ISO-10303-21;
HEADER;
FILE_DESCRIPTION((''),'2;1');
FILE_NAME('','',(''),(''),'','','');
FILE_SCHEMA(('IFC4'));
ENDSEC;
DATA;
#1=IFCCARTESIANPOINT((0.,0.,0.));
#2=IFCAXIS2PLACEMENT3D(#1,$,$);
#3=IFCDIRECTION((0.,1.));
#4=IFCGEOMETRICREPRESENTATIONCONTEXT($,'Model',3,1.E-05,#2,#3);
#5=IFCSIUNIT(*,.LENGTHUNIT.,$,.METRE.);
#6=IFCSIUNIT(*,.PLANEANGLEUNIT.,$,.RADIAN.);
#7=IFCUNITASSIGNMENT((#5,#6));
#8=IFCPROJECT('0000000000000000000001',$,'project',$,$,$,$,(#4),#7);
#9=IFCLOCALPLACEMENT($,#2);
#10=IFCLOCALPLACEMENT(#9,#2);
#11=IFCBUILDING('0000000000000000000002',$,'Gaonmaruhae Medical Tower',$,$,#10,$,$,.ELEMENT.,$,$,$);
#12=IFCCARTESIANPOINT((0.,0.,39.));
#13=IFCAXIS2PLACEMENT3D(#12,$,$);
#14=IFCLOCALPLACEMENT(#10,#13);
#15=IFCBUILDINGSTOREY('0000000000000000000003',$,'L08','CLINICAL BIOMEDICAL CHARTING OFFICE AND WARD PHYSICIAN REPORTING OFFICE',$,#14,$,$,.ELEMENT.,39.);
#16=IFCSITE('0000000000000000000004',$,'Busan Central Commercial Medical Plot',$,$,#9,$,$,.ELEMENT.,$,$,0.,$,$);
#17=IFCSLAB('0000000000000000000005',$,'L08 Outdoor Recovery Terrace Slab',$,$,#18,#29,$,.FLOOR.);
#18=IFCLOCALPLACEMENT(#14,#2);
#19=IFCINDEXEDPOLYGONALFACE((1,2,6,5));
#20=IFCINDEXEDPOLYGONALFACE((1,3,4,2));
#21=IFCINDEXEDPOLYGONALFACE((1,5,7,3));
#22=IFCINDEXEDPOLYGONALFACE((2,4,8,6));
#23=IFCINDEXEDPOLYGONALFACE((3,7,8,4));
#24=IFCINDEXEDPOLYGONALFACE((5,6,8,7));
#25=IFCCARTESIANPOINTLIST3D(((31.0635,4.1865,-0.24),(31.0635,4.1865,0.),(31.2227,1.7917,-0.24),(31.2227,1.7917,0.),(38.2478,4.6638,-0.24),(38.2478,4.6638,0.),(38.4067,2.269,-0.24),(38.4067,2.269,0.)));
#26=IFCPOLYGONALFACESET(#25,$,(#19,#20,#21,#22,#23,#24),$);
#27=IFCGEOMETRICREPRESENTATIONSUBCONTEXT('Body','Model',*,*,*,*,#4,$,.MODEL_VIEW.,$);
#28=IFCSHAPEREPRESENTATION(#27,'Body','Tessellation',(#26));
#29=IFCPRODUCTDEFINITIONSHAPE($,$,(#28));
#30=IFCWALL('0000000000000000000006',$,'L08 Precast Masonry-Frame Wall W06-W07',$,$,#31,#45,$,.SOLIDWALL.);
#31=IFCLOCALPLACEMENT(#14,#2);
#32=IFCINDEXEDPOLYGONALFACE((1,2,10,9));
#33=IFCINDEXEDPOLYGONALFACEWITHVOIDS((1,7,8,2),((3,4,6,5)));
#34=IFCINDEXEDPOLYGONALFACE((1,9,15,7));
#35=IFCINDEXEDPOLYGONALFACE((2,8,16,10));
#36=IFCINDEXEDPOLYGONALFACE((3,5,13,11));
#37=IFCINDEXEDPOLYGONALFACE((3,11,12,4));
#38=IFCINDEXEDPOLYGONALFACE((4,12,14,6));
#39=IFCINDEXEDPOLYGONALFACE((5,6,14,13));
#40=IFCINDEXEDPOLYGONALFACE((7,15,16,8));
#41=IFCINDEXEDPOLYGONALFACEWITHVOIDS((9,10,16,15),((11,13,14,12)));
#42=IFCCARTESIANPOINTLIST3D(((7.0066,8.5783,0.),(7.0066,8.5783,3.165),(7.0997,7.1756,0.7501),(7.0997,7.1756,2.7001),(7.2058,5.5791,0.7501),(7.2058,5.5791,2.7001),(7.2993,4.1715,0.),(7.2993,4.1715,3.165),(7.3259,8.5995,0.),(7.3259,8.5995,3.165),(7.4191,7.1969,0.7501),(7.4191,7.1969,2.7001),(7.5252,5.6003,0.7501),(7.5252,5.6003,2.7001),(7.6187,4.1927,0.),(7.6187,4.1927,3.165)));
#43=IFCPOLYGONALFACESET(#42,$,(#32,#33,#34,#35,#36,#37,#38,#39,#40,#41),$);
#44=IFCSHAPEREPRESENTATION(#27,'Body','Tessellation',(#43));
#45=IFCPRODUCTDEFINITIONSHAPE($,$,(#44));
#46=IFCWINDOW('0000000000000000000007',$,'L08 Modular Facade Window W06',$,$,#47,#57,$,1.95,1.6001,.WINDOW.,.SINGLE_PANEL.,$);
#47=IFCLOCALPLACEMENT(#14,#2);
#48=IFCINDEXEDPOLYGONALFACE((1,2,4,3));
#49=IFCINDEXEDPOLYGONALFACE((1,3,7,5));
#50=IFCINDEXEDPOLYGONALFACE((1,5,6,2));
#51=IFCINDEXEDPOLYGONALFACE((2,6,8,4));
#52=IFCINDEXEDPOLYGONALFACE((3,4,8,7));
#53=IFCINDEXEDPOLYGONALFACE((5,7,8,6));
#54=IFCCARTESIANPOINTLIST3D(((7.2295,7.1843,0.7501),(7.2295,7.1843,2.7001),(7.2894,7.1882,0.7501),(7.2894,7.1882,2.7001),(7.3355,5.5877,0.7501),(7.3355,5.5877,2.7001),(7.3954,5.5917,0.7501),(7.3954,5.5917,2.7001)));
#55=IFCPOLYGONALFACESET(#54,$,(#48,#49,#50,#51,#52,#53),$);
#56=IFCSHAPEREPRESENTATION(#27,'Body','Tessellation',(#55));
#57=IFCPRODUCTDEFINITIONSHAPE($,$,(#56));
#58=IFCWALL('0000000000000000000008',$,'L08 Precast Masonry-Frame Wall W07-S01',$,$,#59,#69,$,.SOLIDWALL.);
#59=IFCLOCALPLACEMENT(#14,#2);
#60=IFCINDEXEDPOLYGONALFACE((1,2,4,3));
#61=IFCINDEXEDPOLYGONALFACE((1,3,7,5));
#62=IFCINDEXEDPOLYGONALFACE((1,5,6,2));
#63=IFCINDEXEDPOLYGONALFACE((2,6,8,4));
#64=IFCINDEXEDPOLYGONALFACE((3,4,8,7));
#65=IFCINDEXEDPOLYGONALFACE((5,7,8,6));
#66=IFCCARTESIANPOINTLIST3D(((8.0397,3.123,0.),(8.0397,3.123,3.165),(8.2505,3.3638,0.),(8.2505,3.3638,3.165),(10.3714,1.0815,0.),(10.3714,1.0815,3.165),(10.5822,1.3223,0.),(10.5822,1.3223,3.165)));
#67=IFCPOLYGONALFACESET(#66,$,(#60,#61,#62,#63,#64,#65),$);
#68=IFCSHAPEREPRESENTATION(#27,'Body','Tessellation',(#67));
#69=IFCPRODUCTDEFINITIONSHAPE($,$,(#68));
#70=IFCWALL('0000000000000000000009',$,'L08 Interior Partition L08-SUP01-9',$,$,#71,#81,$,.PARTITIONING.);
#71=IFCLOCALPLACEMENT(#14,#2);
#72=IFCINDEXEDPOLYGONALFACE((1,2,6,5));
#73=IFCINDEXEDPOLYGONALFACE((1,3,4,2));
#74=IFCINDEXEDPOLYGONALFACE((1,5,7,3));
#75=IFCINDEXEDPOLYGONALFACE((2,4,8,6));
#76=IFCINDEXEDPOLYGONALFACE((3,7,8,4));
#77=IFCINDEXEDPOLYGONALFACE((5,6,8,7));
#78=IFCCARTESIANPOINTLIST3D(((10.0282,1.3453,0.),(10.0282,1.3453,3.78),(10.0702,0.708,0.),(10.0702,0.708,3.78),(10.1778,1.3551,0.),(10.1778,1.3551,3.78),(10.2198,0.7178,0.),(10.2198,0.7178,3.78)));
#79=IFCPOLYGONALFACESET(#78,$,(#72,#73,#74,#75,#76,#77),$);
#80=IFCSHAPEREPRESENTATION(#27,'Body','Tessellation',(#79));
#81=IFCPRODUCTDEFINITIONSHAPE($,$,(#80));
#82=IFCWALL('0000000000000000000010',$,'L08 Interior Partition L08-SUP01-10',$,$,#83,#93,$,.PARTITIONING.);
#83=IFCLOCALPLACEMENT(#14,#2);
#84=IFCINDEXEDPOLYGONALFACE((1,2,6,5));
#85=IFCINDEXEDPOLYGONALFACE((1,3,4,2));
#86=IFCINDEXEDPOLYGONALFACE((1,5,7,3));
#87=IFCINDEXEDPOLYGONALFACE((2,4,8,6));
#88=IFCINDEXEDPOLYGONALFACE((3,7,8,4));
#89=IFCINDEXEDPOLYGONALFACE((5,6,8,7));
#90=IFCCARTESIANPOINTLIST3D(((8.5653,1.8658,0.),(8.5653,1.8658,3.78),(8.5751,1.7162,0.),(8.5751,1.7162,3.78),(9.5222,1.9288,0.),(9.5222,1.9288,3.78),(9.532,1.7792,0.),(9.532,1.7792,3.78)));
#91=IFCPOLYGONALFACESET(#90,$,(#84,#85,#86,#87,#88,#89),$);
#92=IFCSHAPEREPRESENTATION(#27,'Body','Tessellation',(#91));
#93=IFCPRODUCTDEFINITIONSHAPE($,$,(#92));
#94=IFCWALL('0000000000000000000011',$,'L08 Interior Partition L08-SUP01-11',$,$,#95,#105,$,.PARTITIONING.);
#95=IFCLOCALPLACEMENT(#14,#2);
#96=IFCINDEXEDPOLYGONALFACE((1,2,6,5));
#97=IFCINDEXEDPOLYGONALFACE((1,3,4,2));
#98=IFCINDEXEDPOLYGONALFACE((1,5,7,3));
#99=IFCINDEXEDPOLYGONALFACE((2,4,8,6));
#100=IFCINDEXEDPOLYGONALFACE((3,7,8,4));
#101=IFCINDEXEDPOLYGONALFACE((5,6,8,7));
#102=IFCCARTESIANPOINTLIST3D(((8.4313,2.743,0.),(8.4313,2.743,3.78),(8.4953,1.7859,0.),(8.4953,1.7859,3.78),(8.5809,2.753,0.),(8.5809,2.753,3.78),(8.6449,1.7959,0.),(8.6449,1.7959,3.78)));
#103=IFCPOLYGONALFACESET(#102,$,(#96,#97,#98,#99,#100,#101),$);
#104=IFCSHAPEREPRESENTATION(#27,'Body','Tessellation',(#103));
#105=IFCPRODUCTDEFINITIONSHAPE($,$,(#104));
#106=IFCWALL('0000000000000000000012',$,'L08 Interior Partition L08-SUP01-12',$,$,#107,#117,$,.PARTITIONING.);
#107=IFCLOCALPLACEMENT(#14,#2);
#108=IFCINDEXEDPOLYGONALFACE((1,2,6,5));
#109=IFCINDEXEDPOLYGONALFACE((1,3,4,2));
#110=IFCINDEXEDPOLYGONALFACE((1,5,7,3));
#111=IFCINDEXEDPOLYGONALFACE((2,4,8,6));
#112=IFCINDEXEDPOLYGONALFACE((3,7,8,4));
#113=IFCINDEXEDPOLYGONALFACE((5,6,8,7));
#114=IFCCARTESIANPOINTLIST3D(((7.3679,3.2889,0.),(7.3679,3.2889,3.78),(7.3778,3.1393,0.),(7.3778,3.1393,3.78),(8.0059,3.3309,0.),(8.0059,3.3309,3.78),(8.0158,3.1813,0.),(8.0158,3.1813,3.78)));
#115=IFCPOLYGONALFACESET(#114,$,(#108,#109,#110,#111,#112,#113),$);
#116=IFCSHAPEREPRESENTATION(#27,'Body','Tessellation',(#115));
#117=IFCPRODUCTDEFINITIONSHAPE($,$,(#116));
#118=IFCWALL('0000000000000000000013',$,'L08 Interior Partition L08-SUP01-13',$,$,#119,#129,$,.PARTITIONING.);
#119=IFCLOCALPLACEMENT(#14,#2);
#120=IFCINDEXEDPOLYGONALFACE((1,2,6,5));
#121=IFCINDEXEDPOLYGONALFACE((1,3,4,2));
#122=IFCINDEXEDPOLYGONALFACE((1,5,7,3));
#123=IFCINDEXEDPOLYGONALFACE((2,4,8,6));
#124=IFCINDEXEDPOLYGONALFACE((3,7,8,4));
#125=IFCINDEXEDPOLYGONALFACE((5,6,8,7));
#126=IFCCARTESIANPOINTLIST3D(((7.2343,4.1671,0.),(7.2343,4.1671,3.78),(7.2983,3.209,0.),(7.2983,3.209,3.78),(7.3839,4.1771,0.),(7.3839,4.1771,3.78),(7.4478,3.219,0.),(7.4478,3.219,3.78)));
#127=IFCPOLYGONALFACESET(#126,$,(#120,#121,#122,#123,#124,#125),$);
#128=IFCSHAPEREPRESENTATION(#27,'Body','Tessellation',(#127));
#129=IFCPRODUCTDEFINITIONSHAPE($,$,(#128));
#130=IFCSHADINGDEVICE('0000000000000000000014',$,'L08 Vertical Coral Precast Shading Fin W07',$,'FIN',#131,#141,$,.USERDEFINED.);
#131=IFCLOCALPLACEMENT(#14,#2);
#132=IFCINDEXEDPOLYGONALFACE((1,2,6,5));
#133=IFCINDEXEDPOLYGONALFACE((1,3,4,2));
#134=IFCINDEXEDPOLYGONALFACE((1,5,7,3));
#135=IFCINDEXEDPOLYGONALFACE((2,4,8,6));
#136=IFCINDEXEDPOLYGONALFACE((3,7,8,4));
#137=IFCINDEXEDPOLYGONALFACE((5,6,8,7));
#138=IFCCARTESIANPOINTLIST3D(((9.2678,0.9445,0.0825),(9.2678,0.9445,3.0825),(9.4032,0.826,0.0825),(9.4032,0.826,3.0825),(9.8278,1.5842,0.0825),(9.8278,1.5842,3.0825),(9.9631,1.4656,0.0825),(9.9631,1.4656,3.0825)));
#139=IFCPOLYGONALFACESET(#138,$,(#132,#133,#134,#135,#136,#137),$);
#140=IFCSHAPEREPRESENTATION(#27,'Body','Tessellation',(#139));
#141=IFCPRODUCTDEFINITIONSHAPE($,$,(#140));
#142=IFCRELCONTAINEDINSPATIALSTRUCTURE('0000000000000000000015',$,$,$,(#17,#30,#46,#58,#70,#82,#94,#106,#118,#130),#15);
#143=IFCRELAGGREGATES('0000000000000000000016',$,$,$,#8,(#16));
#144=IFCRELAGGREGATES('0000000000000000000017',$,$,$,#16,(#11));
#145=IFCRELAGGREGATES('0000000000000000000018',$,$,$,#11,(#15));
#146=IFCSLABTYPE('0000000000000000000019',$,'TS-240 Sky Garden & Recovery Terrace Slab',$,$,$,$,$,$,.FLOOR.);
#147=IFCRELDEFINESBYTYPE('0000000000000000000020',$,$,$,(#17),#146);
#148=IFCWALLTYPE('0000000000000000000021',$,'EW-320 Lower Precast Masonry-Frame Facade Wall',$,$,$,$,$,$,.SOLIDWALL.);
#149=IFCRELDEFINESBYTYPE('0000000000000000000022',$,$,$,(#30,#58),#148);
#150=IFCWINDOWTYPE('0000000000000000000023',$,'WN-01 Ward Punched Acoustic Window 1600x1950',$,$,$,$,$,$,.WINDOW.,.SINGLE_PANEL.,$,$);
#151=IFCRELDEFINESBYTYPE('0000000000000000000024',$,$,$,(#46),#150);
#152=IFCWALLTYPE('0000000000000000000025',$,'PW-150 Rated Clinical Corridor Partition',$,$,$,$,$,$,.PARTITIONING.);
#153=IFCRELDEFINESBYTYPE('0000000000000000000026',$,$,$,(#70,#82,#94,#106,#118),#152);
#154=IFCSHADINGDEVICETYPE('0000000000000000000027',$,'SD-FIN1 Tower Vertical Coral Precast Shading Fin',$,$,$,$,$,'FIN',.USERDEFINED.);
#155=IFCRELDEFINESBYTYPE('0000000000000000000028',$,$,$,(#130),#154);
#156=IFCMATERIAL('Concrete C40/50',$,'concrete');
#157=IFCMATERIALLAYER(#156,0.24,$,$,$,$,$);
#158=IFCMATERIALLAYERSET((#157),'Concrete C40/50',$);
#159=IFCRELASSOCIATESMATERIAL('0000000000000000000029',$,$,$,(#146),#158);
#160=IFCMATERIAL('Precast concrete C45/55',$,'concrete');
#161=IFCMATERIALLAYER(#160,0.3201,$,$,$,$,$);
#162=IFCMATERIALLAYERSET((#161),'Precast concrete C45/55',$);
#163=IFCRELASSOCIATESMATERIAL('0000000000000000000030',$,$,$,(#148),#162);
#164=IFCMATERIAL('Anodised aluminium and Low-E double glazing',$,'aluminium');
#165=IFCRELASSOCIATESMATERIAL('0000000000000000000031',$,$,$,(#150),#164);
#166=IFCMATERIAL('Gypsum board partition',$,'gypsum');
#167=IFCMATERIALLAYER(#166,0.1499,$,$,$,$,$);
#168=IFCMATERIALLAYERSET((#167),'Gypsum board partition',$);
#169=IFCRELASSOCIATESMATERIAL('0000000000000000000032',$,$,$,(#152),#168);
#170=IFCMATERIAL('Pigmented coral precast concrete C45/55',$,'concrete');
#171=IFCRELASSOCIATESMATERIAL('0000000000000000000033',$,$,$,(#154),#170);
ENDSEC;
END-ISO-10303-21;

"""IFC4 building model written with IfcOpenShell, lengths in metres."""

from ifc_helpers import new_model, si_unit, direction, frame, frame_2d, origin, origin_2d, place, context, subcontext, project, spatial, polyline, rectangle, outline, extrude, material, layer, layer_set, type_object, element, fill, save


model = new_model("IFC4")

# Units and contexts
model_context = context("Model", 3, precision=1e-05, world=origin(), true_north=direction((0.0, 1.0)))
body_context = subcontext(model_context, "Body", "Model", "MODEL_VIEW")
ifc_project = project(units=[si_unit("LENGTHUNIT", "METRE"), si_unit("PLANEANGLEUNIT", "RADIAN")], contexts=[model_context])

# Site, building, storey
site_placement = place(None, origin())
site = spatial("IfcSite", under=ifc_project, at=site_placement, Name="Busan Central Commercial Medical Plot", CompositionType="ELEMENT", RefElevation=0.0)
building_placement = place(site_placement, origin())
building = spatial("IfcBuilding", under=site, at=building_placement, Name="Gaonmaruhae Medical Tower", CompositionType="ELEMENT")
storey_placement = place(building_placement, frame((0.0, 0.0, 39.0)))
storey = spatial("IfcBuildingStorey", under=building, at=storey_placement, Name="L08", Description="CLINICAL BIOMEDICAL CHARTING OFFICE AND WARD PHYSICIAN REPORTING OFFICE", CompositionType="ELEMENT", Elevation=39.0)

# Shared definitions
ifc_material_1 = material(Name="Concrete C40/50", Category="concrete")

# Slab
ifc_layer_1 = layer(ifc_material_1, 0.24)
ifc_layer_set_1 = layer_set([ifc_layer_1], Name="Concrete C40/50")
slab_type_1 = type_object("IfcSlabType", Name="TS-240 Sky Garden & Recovery Terrace Slab", PredefinedType="FLOOR", material=ifc_layer_set_1)
slab_1_placement = place(storey_placement, frame((0.0, 0.0, -0.24)))
element("IfcSlab", 1, at=slab_1_placement, inside=storey, type_object=slab_type_1, Name="L08 Outdoor Recovery Terrace Slab", PredefinedType="FLOOR", context=body_context, shape_type="SweptSolid", body=[
    extrude(outline(polyline([(31.2227, 1.7917), (38.4067, 2.269), (38.2478, 4.6638), (31.0635, 4.1865), (31.2227, 1.7917)])), origin(), (0.0, 0.0, 1.0), 0.24),
])

# Wall, opening, window
ifc_material_2 = material(Name="Precast concrete C45/55", Category="concrete")
ifc_layer_2 = layer(ifc_material_2, 0.3201)
ifc_layer_set_2 = layer_set([ifc_layer_2], Name="Precast concrete C45/55")
wall_type_1 = type_object("IfcWallType", Name="EW-320 Lower Precast Masonry-Frame Facade Wall", PredefinedType="SOLIDWALL", material=ifc_layer_set_2)
wall_1_placement = place(storey_placement, frame((7.459, 4.1821, 0.0), z_axis=(0.0, 0.0, 1.0), x_axis=(-0.066281, 0.997801, 0.0)))
wall_1 = element("IfcWall", 2, at=wall_1_placement, inside=storey, type_object=wall_type_1, Name="L08 Precast Masonry-Frame Wall W06-W07", PredefinedType="SOLIDWALL", context=body_context, shape_type="SweptSolid", body=[
    extrude(rectangle(XDim=4.4165, YDim=0.3201, at=frame_2d((2.2083, 0.0))), origin(), (0.0, 0.0, 1.0), 3.165),
])
opening_placement = place(wall_1_placement, frame((1.4106, 0.0, 0.75)))
opening = element("IfcOpeningElement", 3, at=opening_placement, cuts=wall_1, PredefinedType="OPENING", context=body_context, shape_type="SweptSolid", body=[
    extrude(rectangle(XDim=1.6001, YDim=1.95, at=frame_2d((0.8, 0.9751))), frame((0.0, 0.1699, 0.0), z_axis=(0.0, -1.0, 0.0), x_axis=(1.0, 0.0, 0.0)), (0.0, 0.0, 1.0), 0.3401),
])
ifc_material_3 = material(Name="Anodised aluminium and Low-E double glazing", Category="aluminium")
window_type = type_object("IfcWindowType", Name="WN-01 Ward Punched Acoustic Window 1600x1950", PartitioningType="SINGLE_PANEL", PredefinedType="WINDOW", material=ifc_material_3)
window_placement = place(opening_placement, origin())
window = element("IfcWindow", 4, at=window_placement, inside=storey, type_object=window_type, Name="L08 Modular Facade Window W06", OverallHeight=1.95, OverallWidth=1.6001, PartitioningType="SINGLE_PANEL", PredefinedType="WINDOW", context=body_context, shape_type="SweptSolid", body=[
    extrude(rectangle(XDim=1.6001, YDim=1.95, at=frame_2d((0.8, 0.9751))), frame((0.0, 0.03, 0.0), z_axis=(0.0, -1.0, 0.0), x_axis=(1.0, 0.0, 0.0)), (0.0, 0.0, 1.0), 0.0601),
])
fill(opening, window)

# Walls
wall_2_placement = place(storey_placement, frame((10.4768, 1.2019, 0.0), z_axis=(0.0, 0.0, 1.0), x_axis=(-0.752386, 0.658722, 0.0)))
element("IfcWall", 5, at=wall_2_placement, inside=storey, type_object=wall_type_1, Name="L08 Precast Masonry-Frame Wall W07-S01", PredefinedType="SOLIDWALL", context=body_context, shape_type="SweptSolid", body=[
    extrude(rectangle(XDim=3.0991, YDim=0.3201, at=frame_2d((1.5496, 0.0))), origin(), (0.0, 0.0, 1.0), 3.165),
])
ifc_material_4 = material(Name="Gypsum board partition", Category="gypsum")
ifc_layer_3 = layer(ifc_material_4, 0.1499)
ifc_layer_set_3 = layer_set([ifc_layer_3], Name="Gypsum board partition")
wall_type_2 = type_object("IfcWallType", Name="PW-150 Rated Clinical Corridor Partition", PredefinedType="PARTITIONING", material=ifc_layer_set_3)
wall_3_placement = place(storey_placement, frame((10.145, 0.7129, 0.0), z_axis=(0.0, 0.0, 1.0), x_axis=(-0.065758, 0.997836, 0.0)))
element("IfcWall", 6, at=wall_3_placement, inside=storey, type_object=wall_type_2, Name="L08 Interior Partition L08-SUP01-9", PredefinedType="PARTITIONING", context=body_context, shape_type="SweptSolid", body=[
    extrude(rectangle(XDim=0.6387, YDim=0.1499, at=frame_2d((0.3193, 0.0))), origin(), (0.0, 0.0, 1.0), 3.78),
])
wall_4_placement = place(storey_placement, frame((9.5271, 1.854, 0.0), z_axis=(0.0, 0.0, 1.0), x_axis=(-0.997841, -0.065674, 0.0)))
element("IfcWall", 7, at=wall_4_placement, inside=storey, type_object=wall_type_2, Name="L08 Interior Partition L08-SUP01-10", PredefinedType="PARTITIONING", context=body_context, shape_type="SweptSolid", body=[
    extrude(rectangle(XDim=0.959, YDim=0.1499, at=frame_2d((0.4795, 0.0))), origin(), (0.0, 0.0, 1.0), 3.78),
])
wall_5_placement = place(storey_placement, frame((8.5701, 1.791, 0.0), z_axis=(0.0, 0.0, 1.0), x_axis=(-0.066688, 0.997774, 0.0)))
element("IfcWall", 8, at=wall_5_placement, inside=storey, type_object=wall_type_2, Name="L08 Interior Partition L08-SUP01-11", PredefinedType="PARTITIONING", context=body_context, shape_type="SweptSolid", body=[
    extrude(rectangle(XDim=0.9592, YDim=0.1499, at=frame_2d((0.4795, 0.0))), origin(), (0.0, 0.0, 1.0), 3.78),
])
wall_6_placement = place(storey_placement, frame((8.011, 3.2561, 0.0), z_axis=(0.0, 0.0, 1.0), x_axis=(-0.997841, -0.065683, 0.0)))
element("IfcWall", 9, at=wall_6_placement, inside=storey, type_object=wall_type_2, Name="L08 Interior Partition L08-SUP01-12", PredefinedType="PARTITIONING", context=body_context, shape_type="SweptSolid", body=[
    extrude(rectangle(XDim=0.6394, YDim=0.1499, at=frame_2d((0.3198, 0.0))), origin(), (0.0, 0.0, 1.0), 3.78),
])
wall_7_placement = place(storey_placement, frame((7.373, 3.2141, 0.0), z_axis=(0.0, 0.0, 1.0), x_axis=(-0.06662, 0.997778, 0.0)))
element("IfcWall", 10, at=wall_7_placement, inside=storey, type_object=wall_type_2, Name="L08 Interior Partition L08-SUP01-13", PredefinedType="PARTITIONING", context=body_context, shape_type="SweptSolid", body=[
    extrude(rectangle(XDim=0.9602, YDim=0.1499, at=frame_2d((0.48, 0.0))), origin(), (0.0, 0.0, 1.0), 3.78),
])

# Shading device
ifc_material_5 = material(Name="Pigmented coral precast concrete C45/55", Category="concrete")
shading_device_type = type_object("IfcShadingDeviceType", Name="SD-FIN1 Tower Vertical Coral Precast Shading Fin", ElementType="FIN", PredefinedType="USERDEFINED", material=ifc_material_5)
shading_device_placement = place(storey_placement, frame((9.6155, 1.2051, 0.0825), z_axis=(0.0, 0.0, 1.0), x_axis=(-0.752415, 0.658689, 0.0)))
element("IfcShadingDevice", 11, at=shading_device_placement, inside=storey, type_object=shading_device_type, Name="L08 Vertical Coral Precast Shading Fin W07", ObjectType="FIN", PredefinedType="USERDEFINED", context=body_context, shape_type="SweptSolid", body=[
    extrude(rectangle(XDim=0.1799, YDim=0.8501, at=origin_2d()), origin(), (0.0, 0.0, 1.0), 3.0),
])

save(model, "model.ifc")
